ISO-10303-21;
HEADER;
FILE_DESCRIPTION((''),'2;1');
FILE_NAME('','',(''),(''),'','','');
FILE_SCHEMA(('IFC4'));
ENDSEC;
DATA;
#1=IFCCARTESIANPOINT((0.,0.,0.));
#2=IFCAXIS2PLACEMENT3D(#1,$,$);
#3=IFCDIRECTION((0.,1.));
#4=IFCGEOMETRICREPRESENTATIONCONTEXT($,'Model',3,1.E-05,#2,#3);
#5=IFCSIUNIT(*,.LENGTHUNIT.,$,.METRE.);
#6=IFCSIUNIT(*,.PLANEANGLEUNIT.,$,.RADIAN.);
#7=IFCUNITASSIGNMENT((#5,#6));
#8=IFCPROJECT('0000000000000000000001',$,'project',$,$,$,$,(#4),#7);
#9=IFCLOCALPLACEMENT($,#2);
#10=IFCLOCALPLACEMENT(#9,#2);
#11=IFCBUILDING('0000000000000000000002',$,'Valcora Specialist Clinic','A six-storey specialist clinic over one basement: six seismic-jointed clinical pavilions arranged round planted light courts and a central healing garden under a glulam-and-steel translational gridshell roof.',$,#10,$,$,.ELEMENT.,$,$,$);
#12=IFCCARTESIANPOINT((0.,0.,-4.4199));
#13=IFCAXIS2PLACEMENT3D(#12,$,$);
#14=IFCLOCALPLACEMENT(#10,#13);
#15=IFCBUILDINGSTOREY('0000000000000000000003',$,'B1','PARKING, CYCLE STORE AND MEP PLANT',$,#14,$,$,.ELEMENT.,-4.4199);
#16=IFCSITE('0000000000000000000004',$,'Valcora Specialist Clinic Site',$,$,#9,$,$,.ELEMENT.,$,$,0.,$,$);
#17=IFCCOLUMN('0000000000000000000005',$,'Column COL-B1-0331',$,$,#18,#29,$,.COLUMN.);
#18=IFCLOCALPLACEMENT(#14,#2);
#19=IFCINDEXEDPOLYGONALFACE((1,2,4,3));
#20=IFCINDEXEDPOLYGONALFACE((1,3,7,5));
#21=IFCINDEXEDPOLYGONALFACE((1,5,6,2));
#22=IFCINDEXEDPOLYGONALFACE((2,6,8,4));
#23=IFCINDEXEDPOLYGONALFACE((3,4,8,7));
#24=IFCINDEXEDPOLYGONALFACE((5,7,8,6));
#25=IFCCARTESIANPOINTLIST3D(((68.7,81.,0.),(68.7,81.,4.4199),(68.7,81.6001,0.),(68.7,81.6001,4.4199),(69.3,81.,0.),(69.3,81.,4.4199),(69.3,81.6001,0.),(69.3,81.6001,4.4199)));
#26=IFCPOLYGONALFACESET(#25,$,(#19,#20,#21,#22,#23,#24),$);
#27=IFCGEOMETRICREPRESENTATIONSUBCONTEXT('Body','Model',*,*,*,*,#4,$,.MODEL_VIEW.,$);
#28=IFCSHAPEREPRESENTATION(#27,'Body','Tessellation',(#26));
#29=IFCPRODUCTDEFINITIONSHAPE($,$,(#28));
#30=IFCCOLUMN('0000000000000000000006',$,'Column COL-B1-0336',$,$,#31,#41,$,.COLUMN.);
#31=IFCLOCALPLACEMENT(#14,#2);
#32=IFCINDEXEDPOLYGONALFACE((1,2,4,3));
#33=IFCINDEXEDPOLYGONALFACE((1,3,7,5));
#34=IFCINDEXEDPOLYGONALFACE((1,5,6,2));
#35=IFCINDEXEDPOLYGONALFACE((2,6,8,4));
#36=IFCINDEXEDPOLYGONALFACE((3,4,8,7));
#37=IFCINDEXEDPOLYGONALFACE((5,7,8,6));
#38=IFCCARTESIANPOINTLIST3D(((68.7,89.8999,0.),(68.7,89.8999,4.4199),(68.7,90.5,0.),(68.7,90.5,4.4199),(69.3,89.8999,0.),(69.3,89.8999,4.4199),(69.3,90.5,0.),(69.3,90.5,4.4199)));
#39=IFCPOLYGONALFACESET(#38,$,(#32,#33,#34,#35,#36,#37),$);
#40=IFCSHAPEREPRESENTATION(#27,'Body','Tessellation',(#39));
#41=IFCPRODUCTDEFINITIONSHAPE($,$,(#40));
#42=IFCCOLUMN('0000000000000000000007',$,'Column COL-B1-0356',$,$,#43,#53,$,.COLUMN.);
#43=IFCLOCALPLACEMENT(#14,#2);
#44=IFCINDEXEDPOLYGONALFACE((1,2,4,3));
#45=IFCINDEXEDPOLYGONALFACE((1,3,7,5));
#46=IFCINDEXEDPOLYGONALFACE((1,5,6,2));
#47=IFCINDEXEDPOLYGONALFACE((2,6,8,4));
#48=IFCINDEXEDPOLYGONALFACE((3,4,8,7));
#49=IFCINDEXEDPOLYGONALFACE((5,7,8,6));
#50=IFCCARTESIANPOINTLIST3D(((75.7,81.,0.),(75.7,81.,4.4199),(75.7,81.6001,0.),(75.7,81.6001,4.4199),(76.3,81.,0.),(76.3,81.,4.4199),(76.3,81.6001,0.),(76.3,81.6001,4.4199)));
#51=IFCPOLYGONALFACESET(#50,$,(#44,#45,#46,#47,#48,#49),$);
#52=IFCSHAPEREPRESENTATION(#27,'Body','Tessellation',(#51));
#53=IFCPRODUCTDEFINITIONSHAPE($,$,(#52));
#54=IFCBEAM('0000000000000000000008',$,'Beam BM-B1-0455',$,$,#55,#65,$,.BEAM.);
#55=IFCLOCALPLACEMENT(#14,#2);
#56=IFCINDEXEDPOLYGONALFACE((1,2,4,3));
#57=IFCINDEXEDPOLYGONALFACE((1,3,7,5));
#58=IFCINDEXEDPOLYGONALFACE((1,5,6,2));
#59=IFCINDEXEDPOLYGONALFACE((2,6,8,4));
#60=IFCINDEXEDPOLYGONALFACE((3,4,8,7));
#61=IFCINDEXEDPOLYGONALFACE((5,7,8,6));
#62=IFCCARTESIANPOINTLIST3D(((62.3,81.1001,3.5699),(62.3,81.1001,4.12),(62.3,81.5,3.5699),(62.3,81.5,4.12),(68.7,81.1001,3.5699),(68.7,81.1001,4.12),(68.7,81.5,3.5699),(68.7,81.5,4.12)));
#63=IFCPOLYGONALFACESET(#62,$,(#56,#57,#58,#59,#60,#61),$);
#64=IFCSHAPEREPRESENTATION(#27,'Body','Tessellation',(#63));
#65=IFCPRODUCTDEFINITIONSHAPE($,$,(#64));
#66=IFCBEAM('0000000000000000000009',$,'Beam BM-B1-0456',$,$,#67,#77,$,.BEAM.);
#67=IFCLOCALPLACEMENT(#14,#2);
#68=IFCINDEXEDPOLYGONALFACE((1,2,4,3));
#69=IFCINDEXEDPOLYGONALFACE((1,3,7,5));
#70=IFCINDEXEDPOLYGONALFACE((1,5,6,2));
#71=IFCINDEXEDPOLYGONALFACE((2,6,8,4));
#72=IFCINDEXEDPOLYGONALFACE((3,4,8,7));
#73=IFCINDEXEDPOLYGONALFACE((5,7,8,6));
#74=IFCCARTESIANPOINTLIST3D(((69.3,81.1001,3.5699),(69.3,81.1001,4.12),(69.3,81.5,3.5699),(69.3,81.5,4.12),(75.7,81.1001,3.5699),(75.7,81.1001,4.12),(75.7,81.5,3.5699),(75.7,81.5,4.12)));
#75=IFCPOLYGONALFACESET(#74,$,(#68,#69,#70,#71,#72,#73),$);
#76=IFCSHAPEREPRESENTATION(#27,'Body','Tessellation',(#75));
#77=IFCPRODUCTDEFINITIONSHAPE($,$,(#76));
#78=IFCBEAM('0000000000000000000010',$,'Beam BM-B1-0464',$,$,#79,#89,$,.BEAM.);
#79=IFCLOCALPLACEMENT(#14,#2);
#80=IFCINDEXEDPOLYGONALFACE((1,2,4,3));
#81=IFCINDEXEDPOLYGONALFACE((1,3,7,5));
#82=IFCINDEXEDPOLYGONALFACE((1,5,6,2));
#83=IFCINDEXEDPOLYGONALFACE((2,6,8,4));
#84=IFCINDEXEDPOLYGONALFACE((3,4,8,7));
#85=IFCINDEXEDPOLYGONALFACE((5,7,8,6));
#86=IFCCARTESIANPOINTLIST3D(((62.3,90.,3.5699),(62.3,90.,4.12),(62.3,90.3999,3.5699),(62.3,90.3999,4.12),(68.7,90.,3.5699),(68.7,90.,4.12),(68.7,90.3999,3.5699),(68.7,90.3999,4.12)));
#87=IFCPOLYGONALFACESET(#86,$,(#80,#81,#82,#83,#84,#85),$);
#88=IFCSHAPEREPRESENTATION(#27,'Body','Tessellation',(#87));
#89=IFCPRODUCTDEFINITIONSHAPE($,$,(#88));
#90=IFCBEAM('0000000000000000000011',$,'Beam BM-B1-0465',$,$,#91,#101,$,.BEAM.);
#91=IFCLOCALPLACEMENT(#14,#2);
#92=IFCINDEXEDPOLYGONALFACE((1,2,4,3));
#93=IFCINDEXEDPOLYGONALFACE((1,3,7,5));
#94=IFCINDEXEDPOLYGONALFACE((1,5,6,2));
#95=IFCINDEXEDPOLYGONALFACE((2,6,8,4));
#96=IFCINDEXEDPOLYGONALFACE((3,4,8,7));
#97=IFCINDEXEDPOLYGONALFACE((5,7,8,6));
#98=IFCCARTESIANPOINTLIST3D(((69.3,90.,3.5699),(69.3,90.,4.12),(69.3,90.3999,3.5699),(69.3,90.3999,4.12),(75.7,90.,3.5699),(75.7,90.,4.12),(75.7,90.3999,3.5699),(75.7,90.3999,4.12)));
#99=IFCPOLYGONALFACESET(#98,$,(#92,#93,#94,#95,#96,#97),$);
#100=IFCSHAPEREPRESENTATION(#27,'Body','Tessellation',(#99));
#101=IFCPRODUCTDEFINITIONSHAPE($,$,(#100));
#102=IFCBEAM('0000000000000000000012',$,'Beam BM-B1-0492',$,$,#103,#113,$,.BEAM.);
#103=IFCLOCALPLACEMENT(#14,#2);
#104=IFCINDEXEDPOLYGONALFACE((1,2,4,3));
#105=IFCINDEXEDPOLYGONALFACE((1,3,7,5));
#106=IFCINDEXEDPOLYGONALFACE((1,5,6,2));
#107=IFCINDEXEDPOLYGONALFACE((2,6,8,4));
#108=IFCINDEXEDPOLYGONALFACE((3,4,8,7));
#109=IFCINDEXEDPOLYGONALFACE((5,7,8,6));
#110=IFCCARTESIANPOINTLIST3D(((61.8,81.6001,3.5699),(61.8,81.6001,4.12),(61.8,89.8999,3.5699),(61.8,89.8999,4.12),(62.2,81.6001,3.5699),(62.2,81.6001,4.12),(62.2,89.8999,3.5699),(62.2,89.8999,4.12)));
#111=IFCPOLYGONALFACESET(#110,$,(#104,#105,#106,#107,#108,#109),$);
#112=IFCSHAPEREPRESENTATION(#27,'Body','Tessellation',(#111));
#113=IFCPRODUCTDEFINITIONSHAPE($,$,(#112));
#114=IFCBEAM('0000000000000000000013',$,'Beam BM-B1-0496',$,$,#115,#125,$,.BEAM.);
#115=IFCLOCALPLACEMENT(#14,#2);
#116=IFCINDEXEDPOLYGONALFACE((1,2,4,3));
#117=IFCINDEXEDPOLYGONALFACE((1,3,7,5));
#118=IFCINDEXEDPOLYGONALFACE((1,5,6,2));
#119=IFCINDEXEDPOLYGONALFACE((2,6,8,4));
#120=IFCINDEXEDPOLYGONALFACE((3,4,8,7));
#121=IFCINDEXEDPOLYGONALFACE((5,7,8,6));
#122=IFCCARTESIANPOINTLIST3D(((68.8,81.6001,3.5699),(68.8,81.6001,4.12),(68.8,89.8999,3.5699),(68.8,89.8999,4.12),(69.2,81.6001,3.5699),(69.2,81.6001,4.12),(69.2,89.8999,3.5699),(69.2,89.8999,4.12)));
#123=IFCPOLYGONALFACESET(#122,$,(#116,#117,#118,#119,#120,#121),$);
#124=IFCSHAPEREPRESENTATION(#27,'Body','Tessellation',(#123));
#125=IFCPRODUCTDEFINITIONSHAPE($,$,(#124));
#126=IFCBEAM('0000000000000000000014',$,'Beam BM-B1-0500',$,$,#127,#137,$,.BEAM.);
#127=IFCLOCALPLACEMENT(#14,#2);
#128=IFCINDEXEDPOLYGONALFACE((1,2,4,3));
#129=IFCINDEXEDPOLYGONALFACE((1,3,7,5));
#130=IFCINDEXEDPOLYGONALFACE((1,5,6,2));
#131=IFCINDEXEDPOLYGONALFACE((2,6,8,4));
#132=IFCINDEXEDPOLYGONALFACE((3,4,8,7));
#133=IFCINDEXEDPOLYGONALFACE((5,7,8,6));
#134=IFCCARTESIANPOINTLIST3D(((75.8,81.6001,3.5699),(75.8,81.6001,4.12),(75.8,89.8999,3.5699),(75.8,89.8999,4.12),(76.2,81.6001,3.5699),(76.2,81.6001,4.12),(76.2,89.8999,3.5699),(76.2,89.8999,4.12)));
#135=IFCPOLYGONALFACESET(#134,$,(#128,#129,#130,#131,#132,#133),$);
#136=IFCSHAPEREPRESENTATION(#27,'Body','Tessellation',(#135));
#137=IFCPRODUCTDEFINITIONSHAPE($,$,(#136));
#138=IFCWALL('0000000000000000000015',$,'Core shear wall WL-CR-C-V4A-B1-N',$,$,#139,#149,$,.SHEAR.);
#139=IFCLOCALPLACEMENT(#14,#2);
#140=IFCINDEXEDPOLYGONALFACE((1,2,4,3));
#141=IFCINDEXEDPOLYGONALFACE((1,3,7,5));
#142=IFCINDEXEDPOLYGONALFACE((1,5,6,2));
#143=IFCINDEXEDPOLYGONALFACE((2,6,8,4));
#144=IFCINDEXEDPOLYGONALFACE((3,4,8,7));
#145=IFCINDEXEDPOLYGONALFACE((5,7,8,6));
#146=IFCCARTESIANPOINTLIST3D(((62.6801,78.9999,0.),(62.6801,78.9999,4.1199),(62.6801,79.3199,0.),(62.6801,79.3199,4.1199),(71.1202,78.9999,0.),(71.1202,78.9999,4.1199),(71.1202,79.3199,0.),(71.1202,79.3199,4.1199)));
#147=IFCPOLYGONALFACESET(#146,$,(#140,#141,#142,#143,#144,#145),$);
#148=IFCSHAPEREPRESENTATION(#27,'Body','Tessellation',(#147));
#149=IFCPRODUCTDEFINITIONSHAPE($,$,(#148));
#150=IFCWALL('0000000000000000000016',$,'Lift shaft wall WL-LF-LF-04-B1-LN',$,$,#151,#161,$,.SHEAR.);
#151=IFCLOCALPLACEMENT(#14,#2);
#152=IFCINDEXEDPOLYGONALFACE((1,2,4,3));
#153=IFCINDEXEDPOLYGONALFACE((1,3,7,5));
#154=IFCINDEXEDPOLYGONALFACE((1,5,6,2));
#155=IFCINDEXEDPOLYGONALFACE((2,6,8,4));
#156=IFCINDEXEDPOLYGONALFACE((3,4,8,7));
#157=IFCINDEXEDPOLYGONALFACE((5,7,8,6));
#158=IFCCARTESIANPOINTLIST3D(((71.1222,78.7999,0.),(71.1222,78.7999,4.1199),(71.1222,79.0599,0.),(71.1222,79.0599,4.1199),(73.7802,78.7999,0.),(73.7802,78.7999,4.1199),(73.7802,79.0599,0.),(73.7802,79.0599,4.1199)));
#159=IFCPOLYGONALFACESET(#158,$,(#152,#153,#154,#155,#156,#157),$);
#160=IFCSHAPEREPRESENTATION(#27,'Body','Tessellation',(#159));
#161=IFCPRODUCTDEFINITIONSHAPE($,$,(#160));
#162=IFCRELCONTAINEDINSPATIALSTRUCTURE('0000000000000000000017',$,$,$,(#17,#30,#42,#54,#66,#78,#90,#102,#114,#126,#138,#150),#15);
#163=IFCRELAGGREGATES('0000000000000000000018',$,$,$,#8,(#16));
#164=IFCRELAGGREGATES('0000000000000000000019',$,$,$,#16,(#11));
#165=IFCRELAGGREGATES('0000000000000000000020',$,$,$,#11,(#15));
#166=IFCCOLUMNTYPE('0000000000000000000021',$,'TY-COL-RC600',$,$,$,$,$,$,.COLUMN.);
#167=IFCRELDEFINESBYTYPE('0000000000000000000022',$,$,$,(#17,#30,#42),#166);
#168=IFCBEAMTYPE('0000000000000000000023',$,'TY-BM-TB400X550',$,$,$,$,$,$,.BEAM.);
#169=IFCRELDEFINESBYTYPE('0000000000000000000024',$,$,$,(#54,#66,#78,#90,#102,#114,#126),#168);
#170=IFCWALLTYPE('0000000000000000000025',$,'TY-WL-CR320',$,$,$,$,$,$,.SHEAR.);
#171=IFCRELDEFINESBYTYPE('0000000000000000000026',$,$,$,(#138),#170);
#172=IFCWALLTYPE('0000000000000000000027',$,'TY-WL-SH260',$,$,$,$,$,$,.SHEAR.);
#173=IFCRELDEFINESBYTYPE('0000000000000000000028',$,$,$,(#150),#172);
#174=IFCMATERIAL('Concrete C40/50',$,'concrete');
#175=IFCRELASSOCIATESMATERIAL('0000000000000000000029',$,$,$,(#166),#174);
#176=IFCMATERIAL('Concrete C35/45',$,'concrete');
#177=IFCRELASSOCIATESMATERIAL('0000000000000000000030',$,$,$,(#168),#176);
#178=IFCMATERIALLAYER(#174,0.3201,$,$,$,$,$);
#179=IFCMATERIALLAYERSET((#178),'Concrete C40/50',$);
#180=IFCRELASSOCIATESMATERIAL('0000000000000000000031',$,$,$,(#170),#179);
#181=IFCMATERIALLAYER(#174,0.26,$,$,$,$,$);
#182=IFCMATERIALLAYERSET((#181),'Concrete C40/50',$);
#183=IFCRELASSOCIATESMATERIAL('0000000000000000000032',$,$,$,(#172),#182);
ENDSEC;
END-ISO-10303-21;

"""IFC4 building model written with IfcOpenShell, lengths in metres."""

from ifc_helpers import new_model, si_unit, direction, frame, frame_2d, origin, origin_2d, place, context, subcontext, project, spatial, rectangle, extrude, material, layer, layer_set, material_profile, profile_set, type_object, element, save


model = new_model("IFC4")

# Units and contexts
model_context = context("Model", 3, precision=1e-05, world=origin(), true_north=direction((0.0, 1.0)))
body_context = subcontext(model_context, "Body", "Model", "MODEL_VIEW")
ifc_project = project(units=[si_unit("LENGTHUNIT", "METRE"), si_unit("PLANEANGLEUNIT", "RADIAN")], contexts=[model_context])

# Site, building, storey
site_placement = place(None, origin())
site = spatial("IfcSite", under=ifc_project, at=site_placement, Name="Valcora Specialist Clinic Site", CompositionType="ELEMENT", RefElevation=0.0)
building_placement = place(site_placement, origin())
building = spatial("IfcBuilding", under=site, at=building_placement, Name="Valcora Specialist Clinic", Description="A six-storey specialist clinic over one basement: six seismic-jointed clinical pavilions arranged round planted light courts and a central healing garden under a glulam-and-steel translational gridshell roof.", CompositionType="ELEMENT")
storey_placement = place(building_placement, frame((0.0, 0.0, -4.4199)))
storey = spatial("IfcBuildingStorey", under=building, at=storey_placement, Name="B1", Description="PARKING, CYCLE STORE AND MEP PLANT", CompositionType="ELEMENT", Elevation=-4.4199)

# Shared definitions
ifc_material_1 = material(Name="Concrete C35/45", Category="concrete")

# Columns
ifc_material_2 = material(Name="Concrete C40/50", Category="concrete")
ifc_material_profile_1 = material_profile(ifc_material_2, rectangle(XDim=0.6001, YDim=0.6001, at=origin_2d()), Name="RC-COL-600X600")
ifc_profile_set_1 = profile_set([ifc_material_profile_1], Name="Concrete C40/50")
column_type = type_object("IfcColumnType", Name="TY-COL-RC600", PredefinedType="COLUMN", material=ifc_profile_set_1)
for number, where, z_axis, x_axis, name in (
    (1, (69.0, 81.3, 0.0), (0.0, 0.0, 1.0), (1.0, 0.0, 0.0), "Column COL-B1-0331"),
    (2, (69.0, 90.2, 0.0), (0.0, 0.0, 1.0), (1.0, 0.0, 0.0), "Column COL-B1-0336"),
    (3, (76.0, 81.3, 0.0), (0.0, 0.0, 1.0), (1.0, 0.0, 0.0), "Column COL-B1-0356"),
):
    element("IfcColumn", number, at=place(storey_placement, frame(where, z_axis=z_axis, x_axis=x_axis)), inside=storey, type_object=column_type, Name=name, PredefinedType="COLUMN", context=body_context, shape_type="SweptSolid", body=[
        extrude(rectangle(XDim=0.6001, YDim=0.6001, at=origin_2d()), origin(), (0.0, 0.0, 1.0), 4.4199),
    ])

# Beams
ifc_material_profile_2 = material_profile(ifc_material_1, rectangle(XDim=0.3999, YDim=0.55, at=origin_2d()), Name="RC-TB-400X550")
ifc_profile_set_2 = profile_set([ifc_material_profile_2], Name="Concrete C35/45")
beam_type = type_object("IfcBeamType", Name="TY-BM-TB400X550", PredefinedType="BEAM", material=ifc_profile_set_2)
for number, where, z_axis, x_axis, name in (
    (4, (62.3, 81.3, 3.845), (1.0, 0.0, 0.0), (0.0, 1.0, 0.0), "Beam BM-B1-0455"),
    (5, (69.3, 81.3, 3.845), (1.0, 0.0, 0.0), (0.0, 1.0, 0.0), "Beam BM-B1-0456"),
    (6, (62.3, 90.2, 3.845), (1.0, 0.0, 0.0), (0.0, 1.0, 0.0), "Beam BM-B1-0464"),
    (7, (69.3, 90.2, 3.845), (1.0, 0.0, 0.0), (0.0, 1.0, 0.0), "Beam BM-B1-0465"),
):
    element("IfcBeam", number, at=place(storey_placement, frame(where, z_axis=z_axis, x_axis=x_axis)), inside=storey, type_object=beam_type, Name=name, PredefinedType="BEAM", context=body_context, shape_type="SweptSolid", body=[
        extrude(rectangle(XDim=0.3999, YDim=0.55, at=origin_2d()), origin(), (0.0, 0.0, 1.0), 6.3999),
    ])
for number, where, z_axis, x_axis, name in (
    (8, (62.0, 81.6001, 3.845), (0.0, 1.0, 0.0), (-1.0, 0.0, 0.0), "Beam BM-B1-0492"),
    (9, (69.0, 81.6001, 3.845), (0.0, 1.0, 0.0), (-1.0, 0.0, 0.0), "Beam BM-B1-0496"),
    (10, (76.0, 81.6001, 3.845), (0.0, 1.0, 0.0), (-1.0, 0.0, 0.0), "Beam BM-B1-0500"),
):
    element("IfcBeam", number, at=place(storey_placement, frame(where, z_axis=z_axis, x_axis=x_axis)), inside=storey, type_object=beam_type, Name=name, PredefinedType="BEAM", context=body_context, shape_type="SweptSolid", body=[
        extrude(rectangle(XDim=0.3999, YDim=0.55, at=origin_2d()), origin(), (0.0, 0.0, 1.0), 8.2998),
    ])

# Walls
ifc_layer_1 = layer(ifc_material_2, 0.3201)
ifc_layer_set_1 = layer_set([ifc_layer_1], Name="Concrete C40/50")
wall_type_1 = type_object("IfcWallType", Name="TY-WL-CR320", PredefinedType="SHEAR", material=ifc_layer_set_1)
wall_1_placement = place(storey_placement, frame((62.6799, 79.1599, 0.0), z_axis=(0.0, 0.0, 1.0), x_axis=(1.0, 0.0, 0.0)))
element("IfcWall", 11, at=wall_1_placement, inside=storey, type_object=wall_type_1, Name="Core shear wall WL-CR-C-V4A-B1-N", PredefinedType="SHEAR", context=body_context, shape_type="SweptSolid", body=[
    extrude(rectangle(XDim=8.4402, YDim=0.3201, at=frame_2d((4.2202, 0.0))), origin(), (0.0, 0.0, 1.0), 4.1199),
])
ifc_layer_2 = layer(ifc_material_2, 0.26)
ifc_layer_set_2 = layer_set([ifc_layer_2], Name="Concrete C40/50")
wall_type_2 = type_object("IfcWallType", Name="TY-WL-SH260", PredefinedType="SHEAR", material=ifc_layer_set_2)
wall_2_placement = place(storey_placement, frame((71.1221, 78.9299, 0.0), z_axis=(0.0, 0.0, 1.0), x_axis=(1.0, 0.0, 0.0)))
element("IfcWall", 12, at=wall_2_placement, inside=storey, type_object=wall_type_2, Name="Lift shaft wall WL-LF-LF-04-B1-LN", PredefinedType="SHEAR", context=body_context, shape_type="SweptSolid", body=[
    extrude(rectangle(XDim=2.658, YDim=0.26, at=frame_2d((1.3291, 0.0))), origin(), (0.0, 0.0, 1.0), 4.1199),
])

save(model, "model.ifc")
